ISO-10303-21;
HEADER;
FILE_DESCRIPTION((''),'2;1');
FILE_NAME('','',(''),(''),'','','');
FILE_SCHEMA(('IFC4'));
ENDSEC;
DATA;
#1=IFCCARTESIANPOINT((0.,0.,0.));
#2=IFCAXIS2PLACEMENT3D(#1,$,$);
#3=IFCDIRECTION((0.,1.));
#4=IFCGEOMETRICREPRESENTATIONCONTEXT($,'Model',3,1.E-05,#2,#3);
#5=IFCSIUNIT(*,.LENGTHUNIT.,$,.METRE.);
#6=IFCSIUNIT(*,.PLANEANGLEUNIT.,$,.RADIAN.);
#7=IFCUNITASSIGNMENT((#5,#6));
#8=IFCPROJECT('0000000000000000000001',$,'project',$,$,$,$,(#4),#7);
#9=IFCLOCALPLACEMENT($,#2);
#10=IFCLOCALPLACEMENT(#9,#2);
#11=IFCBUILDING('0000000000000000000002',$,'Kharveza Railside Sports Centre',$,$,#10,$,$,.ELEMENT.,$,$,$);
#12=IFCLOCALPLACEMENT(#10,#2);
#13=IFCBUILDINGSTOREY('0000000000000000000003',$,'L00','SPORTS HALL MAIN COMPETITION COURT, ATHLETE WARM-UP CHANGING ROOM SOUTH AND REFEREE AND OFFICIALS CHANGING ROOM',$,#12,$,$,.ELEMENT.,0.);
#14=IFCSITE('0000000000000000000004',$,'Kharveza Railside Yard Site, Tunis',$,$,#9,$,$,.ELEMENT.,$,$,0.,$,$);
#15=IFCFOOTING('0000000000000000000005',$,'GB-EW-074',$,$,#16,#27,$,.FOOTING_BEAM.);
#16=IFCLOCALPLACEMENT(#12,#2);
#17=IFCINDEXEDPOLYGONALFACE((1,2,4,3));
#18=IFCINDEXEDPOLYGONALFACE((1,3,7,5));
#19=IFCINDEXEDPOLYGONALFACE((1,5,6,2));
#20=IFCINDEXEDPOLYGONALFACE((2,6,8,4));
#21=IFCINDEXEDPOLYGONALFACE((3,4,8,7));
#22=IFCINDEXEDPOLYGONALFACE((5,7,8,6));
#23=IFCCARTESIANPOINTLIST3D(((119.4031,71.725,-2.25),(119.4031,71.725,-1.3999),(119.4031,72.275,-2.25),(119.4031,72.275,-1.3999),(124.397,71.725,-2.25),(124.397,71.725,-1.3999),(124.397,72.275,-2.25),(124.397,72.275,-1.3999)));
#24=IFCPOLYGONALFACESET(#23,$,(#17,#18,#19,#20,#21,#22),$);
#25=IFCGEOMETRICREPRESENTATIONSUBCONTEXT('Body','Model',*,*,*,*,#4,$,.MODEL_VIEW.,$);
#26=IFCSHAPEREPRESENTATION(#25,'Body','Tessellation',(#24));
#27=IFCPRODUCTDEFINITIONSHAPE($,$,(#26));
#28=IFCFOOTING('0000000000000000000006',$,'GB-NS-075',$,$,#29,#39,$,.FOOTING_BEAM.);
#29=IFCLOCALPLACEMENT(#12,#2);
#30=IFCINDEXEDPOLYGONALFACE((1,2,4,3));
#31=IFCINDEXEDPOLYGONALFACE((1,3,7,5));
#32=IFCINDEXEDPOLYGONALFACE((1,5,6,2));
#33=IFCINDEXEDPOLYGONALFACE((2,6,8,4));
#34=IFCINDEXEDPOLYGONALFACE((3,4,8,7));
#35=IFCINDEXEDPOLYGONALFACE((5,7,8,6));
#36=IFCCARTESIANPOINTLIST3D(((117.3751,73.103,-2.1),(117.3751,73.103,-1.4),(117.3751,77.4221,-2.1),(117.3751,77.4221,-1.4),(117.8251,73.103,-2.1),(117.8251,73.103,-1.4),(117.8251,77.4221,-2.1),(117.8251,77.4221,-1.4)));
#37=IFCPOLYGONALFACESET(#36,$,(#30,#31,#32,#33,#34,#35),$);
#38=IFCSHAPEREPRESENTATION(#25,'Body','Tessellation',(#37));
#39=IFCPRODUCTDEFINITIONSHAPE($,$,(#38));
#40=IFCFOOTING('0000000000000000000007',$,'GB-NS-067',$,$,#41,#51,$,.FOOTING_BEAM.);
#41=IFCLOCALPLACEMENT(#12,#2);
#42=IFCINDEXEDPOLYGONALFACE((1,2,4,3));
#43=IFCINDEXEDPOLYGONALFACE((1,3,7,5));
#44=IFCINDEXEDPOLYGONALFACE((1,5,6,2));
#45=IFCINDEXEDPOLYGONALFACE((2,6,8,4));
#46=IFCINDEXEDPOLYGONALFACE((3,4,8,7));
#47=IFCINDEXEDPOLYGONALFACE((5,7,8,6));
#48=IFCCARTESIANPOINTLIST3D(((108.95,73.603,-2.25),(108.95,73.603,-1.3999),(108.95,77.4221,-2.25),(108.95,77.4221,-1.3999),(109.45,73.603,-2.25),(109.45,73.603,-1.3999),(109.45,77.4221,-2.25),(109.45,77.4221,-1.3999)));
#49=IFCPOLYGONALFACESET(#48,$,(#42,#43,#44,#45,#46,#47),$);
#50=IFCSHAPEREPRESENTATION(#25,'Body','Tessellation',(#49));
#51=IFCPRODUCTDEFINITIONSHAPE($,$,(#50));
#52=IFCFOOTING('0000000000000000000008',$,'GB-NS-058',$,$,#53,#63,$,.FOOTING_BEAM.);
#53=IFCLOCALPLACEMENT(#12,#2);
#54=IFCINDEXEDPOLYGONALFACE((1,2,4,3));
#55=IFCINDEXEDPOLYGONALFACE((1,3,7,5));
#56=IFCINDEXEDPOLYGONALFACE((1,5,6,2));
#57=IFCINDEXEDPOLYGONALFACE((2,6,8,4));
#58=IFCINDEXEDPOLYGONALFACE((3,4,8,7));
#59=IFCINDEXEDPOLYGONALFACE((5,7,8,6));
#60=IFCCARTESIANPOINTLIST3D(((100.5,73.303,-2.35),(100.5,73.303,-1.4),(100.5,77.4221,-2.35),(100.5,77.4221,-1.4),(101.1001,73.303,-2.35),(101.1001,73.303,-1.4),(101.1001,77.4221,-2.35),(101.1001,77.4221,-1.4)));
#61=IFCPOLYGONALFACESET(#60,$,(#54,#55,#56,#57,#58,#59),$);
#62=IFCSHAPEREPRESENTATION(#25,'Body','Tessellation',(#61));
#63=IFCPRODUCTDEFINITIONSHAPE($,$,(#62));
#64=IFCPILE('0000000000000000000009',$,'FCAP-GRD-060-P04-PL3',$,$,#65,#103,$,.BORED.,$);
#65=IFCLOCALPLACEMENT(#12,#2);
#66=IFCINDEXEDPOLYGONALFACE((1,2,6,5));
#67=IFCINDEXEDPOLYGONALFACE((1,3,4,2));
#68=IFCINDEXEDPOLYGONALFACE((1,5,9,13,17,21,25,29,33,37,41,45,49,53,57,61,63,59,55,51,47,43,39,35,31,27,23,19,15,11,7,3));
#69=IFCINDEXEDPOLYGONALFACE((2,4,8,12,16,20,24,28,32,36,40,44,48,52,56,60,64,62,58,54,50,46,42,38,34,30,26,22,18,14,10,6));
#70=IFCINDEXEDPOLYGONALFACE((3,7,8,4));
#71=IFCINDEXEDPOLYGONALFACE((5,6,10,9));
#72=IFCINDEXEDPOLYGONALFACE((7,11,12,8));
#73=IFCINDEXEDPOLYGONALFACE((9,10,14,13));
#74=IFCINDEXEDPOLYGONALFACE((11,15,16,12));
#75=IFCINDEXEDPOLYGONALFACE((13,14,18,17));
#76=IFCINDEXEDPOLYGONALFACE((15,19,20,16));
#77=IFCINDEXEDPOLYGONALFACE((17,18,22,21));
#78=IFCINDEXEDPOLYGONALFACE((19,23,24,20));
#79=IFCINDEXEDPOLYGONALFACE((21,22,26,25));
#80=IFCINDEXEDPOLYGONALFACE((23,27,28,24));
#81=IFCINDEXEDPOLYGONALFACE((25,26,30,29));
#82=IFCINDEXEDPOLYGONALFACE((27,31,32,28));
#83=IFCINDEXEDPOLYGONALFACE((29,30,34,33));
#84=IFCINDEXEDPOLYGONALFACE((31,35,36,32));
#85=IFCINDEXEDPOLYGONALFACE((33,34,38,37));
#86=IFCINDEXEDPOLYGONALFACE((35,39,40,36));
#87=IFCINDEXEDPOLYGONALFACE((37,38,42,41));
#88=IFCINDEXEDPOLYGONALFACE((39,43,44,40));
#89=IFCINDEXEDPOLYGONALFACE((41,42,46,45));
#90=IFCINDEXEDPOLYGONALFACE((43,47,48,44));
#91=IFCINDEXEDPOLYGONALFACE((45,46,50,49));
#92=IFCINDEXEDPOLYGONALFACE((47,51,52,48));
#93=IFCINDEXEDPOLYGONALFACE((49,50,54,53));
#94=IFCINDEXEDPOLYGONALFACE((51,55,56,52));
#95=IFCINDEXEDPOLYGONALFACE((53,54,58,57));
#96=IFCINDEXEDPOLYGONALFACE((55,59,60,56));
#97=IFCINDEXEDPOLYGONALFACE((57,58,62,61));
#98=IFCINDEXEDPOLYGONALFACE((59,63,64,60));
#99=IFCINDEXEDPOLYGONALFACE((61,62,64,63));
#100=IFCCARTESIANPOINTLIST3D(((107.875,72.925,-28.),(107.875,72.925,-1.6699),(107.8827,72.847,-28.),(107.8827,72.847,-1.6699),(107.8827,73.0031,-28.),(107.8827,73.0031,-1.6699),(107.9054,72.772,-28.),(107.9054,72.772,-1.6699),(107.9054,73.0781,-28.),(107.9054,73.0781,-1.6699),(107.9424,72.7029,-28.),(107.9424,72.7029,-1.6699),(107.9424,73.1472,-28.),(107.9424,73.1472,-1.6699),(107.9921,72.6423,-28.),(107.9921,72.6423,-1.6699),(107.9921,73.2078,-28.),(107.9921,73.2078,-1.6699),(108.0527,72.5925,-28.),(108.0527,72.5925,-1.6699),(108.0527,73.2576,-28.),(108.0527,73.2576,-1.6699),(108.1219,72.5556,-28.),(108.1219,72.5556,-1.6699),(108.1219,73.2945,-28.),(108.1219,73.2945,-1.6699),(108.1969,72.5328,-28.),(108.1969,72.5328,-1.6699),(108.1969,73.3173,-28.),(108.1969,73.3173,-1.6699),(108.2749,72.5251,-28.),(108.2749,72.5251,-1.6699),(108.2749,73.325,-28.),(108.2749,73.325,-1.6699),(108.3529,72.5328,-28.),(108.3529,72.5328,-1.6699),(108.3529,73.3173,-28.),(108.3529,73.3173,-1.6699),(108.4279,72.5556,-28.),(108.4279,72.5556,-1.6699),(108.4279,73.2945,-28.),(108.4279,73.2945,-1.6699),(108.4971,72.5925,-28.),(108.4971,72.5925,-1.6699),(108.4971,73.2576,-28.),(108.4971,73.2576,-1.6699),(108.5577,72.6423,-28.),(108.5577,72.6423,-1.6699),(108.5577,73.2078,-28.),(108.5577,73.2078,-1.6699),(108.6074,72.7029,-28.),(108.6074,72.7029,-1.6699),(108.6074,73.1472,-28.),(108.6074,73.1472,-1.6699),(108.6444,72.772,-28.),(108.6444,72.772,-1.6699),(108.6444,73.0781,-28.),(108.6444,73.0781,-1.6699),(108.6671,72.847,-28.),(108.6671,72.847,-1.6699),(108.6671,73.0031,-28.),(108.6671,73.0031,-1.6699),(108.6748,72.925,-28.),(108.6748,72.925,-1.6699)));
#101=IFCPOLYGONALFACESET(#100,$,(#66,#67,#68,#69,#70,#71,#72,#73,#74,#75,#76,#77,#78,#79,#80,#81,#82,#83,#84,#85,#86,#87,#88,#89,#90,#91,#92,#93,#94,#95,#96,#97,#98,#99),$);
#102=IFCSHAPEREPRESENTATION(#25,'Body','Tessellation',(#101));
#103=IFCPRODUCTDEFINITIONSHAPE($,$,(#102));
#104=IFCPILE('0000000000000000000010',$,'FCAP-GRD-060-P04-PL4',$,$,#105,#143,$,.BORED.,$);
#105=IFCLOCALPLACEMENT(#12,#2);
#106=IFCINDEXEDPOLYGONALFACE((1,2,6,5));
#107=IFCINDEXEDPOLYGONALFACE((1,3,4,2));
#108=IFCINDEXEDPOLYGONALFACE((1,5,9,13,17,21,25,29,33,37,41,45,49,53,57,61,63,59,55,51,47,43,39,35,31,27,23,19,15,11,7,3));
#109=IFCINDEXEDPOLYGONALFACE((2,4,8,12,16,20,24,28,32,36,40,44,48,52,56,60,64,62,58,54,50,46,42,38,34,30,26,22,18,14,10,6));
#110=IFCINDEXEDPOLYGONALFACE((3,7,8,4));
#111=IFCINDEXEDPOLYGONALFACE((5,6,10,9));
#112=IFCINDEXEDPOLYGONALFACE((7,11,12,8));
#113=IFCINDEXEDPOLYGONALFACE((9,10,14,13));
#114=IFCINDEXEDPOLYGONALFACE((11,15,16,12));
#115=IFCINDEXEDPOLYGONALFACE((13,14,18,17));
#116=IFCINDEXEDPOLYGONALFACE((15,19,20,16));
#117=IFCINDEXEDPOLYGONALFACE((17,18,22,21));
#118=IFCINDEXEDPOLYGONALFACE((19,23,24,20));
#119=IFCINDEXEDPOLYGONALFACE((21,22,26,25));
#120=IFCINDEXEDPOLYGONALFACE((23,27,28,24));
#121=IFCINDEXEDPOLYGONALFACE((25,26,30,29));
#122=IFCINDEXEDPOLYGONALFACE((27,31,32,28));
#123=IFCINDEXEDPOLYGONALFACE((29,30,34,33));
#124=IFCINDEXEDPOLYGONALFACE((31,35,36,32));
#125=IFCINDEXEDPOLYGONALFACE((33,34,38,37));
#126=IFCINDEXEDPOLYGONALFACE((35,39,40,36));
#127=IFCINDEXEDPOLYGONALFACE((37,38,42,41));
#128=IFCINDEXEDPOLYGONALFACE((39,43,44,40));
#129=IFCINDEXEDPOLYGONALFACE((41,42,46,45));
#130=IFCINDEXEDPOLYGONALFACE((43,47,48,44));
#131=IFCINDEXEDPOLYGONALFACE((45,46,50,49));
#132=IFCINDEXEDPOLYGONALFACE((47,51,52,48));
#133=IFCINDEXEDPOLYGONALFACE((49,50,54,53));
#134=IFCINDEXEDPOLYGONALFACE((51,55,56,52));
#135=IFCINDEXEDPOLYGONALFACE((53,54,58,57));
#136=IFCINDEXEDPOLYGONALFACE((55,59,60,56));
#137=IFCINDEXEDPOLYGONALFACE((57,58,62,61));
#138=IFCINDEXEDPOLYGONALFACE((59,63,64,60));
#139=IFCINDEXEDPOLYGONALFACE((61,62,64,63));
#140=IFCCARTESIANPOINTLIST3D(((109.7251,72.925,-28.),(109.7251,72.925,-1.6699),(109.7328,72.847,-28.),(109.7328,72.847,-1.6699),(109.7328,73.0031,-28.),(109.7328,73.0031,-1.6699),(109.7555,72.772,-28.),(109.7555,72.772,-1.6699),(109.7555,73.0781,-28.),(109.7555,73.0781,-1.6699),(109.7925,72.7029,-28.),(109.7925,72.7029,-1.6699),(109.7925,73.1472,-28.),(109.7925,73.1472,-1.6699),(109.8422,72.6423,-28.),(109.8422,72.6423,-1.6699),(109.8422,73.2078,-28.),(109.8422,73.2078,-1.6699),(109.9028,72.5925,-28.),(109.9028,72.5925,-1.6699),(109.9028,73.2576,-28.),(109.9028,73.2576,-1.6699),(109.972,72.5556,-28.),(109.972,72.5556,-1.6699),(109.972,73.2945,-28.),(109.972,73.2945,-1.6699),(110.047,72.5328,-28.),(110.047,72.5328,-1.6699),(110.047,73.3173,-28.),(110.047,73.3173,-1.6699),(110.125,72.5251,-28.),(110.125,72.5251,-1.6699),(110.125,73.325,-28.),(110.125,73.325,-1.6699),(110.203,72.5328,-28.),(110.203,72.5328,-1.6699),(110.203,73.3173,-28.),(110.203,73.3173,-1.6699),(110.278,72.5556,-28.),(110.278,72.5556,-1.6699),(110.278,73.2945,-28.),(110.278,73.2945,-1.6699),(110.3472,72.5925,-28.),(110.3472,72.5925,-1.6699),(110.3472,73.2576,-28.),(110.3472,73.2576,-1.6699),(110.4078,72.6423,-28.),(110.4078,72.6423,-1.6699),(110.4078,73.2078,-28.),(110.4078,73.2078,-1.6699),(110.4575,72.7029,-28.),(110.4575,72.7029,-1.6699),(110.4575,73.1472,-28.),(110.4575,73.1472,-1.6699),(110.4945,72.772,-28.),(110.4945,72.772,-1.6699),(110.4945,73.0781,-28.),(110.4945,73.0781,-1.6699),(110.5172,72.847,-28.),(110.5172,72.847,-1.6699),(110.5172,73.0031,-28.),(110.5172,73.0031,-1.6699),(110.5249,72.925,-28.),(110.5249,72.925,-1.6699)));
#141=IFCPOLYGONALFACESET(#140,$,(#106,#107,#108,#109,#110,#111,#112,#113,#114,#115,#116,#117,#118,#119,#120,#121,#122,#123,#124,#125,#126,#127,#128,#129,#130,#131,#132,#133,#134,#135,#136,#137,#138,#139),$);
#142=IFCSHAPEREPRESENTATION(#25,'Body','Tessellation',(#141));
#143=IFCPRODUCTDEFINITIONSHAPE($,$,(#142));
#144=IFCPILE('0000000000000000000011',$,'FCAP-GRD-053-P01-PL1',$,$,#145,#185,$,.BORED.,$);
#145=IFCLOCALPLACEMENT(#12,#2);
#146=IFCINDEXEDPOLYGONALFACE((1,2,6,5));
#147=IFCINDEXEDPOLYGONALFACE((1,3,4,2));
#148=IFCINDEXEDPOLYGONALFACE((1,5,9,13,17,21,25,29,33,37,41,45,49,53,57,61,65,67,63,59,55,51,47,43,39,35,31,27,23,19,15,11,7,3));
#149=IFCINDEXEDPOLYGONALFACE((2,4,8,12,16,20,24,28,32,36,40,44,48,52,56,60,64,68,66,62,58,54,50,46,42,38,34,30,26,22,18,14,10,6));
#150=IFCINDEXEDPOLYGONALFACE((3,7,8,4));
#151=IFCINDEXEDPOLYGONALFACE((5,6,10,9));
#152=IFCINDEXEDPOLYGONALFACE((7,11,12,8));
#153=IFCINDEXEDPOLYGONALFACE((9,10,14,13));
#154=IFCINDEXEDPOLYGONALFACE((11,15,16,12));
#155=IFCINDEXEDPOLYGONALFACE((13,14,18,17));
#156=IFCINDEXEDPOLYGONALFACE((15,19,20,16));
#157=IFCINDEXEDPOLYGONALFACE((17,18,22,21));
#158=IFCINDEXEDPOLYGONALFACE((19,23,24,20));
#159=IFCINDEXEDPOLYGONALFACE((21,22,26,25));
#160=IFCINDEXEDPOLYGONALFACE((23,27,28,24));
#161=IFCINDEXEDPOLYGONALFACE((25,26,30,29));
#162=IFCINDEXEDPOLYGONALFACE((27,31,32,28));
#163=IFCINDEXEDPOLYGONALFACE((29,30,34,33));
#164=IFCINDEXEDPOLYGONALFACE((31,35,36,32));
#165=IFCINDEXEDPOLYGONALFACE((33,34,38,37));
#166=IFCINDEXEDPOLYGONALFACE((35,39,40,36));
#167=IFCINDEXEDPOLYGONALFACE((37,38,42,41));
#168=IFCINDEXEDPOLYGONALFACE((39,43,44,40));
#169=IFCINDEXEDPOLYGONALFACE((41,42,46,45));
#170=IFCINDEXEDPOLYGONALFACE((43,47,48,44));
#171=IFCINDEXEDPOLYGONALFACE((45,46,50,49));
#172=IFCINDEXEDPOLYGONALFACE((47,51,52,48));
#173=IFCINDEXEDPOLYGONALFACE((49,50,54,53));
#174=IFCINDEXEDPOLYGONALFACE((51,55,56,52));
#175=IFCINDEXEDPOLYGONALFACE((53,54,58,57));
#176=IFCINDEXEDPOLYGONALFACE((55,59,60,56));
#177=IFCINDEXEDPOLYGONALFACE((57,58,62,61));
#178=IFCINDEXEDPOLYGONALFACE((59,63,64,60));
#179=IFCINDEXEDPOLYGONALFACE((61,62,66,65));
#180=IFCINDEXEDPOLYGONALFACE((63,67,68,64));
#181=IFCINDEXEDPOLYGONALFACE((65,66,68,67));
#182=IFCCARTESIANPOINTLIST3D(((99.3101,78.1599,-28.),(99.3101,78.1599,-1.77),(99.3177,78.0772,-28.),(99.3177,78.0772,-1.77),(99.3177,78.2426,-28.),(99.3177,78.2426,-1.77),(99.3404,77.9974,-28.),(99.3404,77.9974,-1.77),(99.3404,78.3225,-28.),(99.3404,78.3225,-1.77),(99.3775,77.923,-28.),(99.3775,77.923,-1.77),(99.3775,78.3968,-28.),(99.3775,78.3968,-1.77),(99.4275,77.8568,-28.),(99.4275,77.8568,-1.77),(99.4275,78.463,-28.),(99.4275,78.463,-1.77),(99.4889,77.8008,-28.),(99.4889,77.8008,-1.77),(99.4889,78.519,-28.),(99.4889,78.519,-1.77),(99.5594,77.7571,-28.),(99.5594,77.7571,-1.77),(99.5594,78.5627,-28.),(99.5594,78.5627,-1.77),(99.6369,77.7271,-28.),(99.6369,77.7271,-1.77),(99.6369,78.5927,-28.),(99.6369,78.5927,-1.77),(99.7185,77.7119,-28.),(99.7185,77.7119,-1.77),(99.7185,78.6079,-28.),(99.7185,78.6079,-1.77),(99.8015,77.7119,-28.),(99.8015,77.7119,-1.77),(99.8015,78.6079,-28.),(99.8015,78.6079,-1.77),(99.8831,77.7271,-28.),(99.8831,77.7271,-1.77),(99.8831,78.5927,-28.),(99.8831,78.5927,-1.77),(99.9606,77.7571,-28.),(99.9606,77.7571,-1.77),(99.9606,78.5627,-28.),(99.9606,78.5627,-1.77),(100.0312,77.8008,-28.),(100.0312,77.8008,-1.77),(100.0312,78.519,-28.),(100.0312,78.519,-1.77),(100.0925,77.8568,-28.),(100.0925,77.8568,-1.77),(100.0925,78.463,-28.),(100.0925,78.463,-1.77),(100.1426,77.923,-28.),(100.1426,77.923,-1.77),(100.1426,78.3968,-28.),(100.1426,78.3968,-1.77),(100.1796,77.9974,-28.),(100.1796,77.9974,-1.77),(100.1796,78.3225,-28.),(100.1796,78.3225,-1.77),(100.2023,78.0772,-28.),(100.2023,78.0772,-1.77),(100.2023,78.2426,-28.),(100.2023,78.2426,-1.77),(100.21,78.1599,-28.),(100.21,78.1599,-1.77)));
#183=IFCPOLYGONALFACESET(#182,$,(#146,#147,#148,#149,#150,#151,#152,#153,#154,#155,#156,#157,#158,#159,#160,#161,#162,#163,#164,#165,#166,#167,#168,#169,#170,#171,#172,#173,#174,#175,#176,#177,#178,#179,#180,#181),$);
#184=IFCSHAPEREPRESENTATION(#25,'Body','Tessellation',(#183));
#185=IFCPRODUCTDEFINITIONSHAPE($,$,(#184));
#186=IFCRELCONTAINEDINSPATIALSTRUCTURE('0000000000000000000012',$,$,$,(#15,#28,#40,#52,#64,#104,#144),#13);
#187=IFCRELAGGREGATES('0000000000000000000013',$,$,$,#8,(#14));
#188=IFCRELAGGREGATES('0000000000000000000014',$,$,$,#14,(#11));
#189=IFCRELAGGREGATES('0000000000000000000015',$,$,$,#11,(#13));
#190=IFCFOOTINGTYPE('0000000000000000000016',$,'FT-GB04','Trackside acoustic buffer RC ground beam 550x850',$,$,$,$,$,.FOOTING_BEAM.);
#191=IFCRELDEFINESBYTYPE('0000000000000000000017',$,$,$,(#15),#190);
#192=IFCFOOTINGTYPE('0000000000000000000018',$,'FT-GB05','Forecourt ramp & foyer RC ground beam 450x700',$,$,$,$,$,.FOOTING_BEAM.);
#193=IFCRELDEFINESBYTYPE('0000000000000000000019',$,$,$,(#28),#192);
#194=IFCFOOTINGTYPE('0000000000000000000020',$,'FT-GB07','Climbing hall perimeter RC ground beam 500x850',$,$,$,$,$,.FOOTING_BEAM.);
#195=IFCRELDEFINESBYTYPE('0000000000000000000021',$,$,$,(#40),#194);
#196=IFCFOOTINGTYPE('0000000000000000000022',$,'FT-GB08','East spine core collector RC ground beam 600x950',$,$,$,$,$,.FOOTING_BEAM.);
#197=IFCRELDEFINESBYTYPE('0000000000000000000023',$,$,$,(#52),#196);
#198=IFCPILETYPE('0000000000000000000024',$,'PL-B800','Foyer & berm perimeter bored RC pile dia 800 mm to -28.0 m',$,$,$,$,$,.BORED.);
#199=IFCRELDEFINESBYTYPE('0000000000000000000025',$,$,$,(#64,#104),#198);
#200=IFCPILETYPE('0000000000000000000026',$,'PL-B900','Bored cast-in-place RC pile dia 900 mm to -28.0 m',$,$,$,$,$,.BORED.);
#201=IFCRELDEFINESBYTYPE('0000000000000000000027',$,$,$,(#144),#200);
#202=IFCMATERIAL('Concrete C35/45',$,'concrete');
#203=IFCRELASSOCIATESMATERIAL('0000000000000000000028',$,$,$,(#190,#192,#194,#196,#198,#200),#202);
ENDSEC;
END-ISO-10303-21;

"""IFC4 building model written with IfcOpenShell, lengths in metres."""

from ifc_helpers import new_model, si_unit, direction, frame, origin, origin_2d, place, context, subcontext, project, spatial, rectangle, circle, extrude, material, material_profile, profile_set, type_object, element, save


model = new_model("IFC4")

# Units and contexts
model_context = context("Model", 3, precision=1e-05, world=origin(), true_north=direction((0.0, 1.0)))
body_context = subcontext(model_context, "Body", "Model", "MODEL_VIEW")
ifc_project = project(units=[si_unit("LENGTHUNIT", "METRE"), si_unit("PLANEANGLEUNIT", "RADIAN")], contexts=[model_context])

# Site, building, storey
site_placement = place(None, origin())
site = spatial("IfcSite", under=ifc_project, at=site_placement, Name="Kharveza Railside Yard Site, Tunis", CompositionType="ELEMENT", RefElevation=0.0)
building_placement = place(site_placement, origin())
building = spatial("IfcBuilding", under=site, at=building_placement, Name="Kharveza Railside Sports Centre", CompositionType="ELEMENT")
storey_placement = place(building_placement, origin())
storey = spatial("IfcBuildingStorey", under=building, at=storey_placement, Name="L00", Description="SPORTS HALL MAIN COMPETITION COURT, ATHLETE WARM-UP CHANGING ROOM SOUTH AND REFEREE AND OFFICIALS CHANGING ROOM", CompositionType="ELEMENT", Elevation=0.0)

# Footings
ifc_material_1 = material(Name="Concrete C35/45", Category="concrete")
ifc_material_profile_1 = material_profile(ifc_material_1, rectangle(XDim=0.55, YDim=0.8501, at=origin_2d()), Name="GB 550x850")
ifc_profile_set_1 = profile_set([ifc_material_profile_1], Name="Concrete C35/45")
footing_type_1 = type_object("IfcFootingType", Name="FT-GB04", Description="Trackside acoustic buffer RC ground beam 550x850", PredefinedType="FOOTING_BEAM", material=ifc_profile_set_1)
footing_1_placement = place(storey_placement, frame((119.4031, 72.0, -1.825), z_axis=(1.0, 0.0, 0.0), x_axis=(0.0, 1.0, 0.0)))
element("IfcFooting", 1, at=footing_1_placement, inside=storey, type_object=footing_type_1, Name="GB-EW-074", PredefinedType="FOOTING_BEAM", context=body_context, shape_type="SweptSolid", body=[
    extrude(rectangle(XDim=0.55, YDim=0.8501, at=origin_2d()), origin(), (0.0, 0.0, 1.0), 4.9939),
])
ifc_material_profile_2 = material_profile(ifc_material_1, rectangle(XDim=0.45, YDim=0.7, at=origin_2d()), Name="GB 450x700")
ifc_profile_set_2 = profile_set([ifc_material_profile_2], Name="Concrete C35/45")
footing_type_2 = type_object("IfcFootingType", Name="FT-GB05", Description="Forecourt ramp & foyer RC ground beam 450x700", PredefinedType="FOOTING_BEAM", material=ifc_profile_set_2)
footing_2_placement = place(storey_placement, frame((117.6001, 73.103, -1.75), z_axis=(0.0, 1.0, 0.0), x_axis=(-1.0, 0.0, 0.0)))
element("IfcFooting", 2, at=footing_2_placement, inside=storey, type_object=footing_type_2, Name="GB-NS-075", PredefinedType="FOOTING_BEAM", context=body_context, shape_type="SweptSolid", body=[
    extrude(rectangle(XDim=0.45, YDim=0.7, at=origin_2d()), origin(), (0.0, 0.0, 1.0), 4.3191),
])
ifc_material_profile_3 = material_profile(ifc_material_1, rectangle(XDim=0.5, YDim=0.8501, at=origin_2d()), Name="GB 500x850")
ifc_profile_set_3 = profile_set([ifc_material_profile_3], Name="Concrete C35/45")
footing_type_3 = type_object("IfcFootingType", Name="FT-GB07", Description="Climbing hall perimeter RC ground beam 500x850", PredefinedType="FOOTING_BEAM", material=ifc_profile_set_3)
footing_3_placement = place(storey_placement, frame((109.2, 73.603, -1.825), z_axis=(0.0, 1.0, 0.0), x_axis=(-1.0, 0.0, 0.0)))
element("IfcFooting", 3, at=footing_3_placement, inside=storey, type_object=footing_type_3, Name="GB-NS-067", PredefinedType="FOOTING_BEAM", context=body_context, shape_type="SweptSolid", body=[
    extrude(rectangle(XDim=0.5, YDim=0.8501, at=origin_2d()), origin(), (0.0, 0.0, 1.0), 3.8191),
])
ifc_material_profile_4 = material_profile(ifc_material_1, rectangle(XDim=0.6001, YDim=0.95, at=origin_2d()), Name="GB 600x950")
ifc_profile_set_4 = profile_set([ifc_material_profile_4], Name="Concrete C35/45")
footing_type_4 = type_object("IfcFootingType", Name="FT-GB08", Description="East spine core collector RC ground beam 600x950", PredefinedType="FOOTING_BEAM", material=ifc_profile_set_4)
footing_4_placement = place(storey_placement, frame((100.8, 73.303, -1.875), z_axis=(0.0, 1.0, 0.0), x_axis=(-1.0, 0.0, 0.0)))
element("IfcFooting", 4, at=footing_4_placement, inside=storey, type_object=footing_type_4, Name="GB-NS-058", PredefinedType="FOOTING_BEAM", context=body_context, shape_type="SweptSolid", body=[
    extrude(rectangle(XDim=0.6001, YDim=0.95, at=origin_2d()), origin(), (0.0, 0.0, 1.0), 4.1191),
])

# Piles
ifc_material_profile_5 = material_profile(ifc_material_1, circle(Radius=0.3999, at=origin_2d()), Name="PILE D800")
ifc_profile_set_5 = profile_set([ifc_material_profile_5], Name="Concrete C35/45")
pile_type_1 = type_object("IfcPileType", Name="PL-B800", Description="Foyer & berm perimeter bored RC pile dia 800 mm to -28.0 m", PredefinedType="BORED", material=ifc_profile_set_5)
for number, where, z_axis, x_axis, name in (
    (5, (108.2749, 72.925, -1.6699), (0.0, 0.0, -1.0), (1.0, 0.0, 0.0), "FCAP-GRD-060-P04-PL3"),
    (6, (110.125, 72.925, -1.6699), (0.0, 0.0, -1.0), (1.0, 0.0, 0.0), "FCAP-GRD-060-P04-PL4"),
):
    element("IfcPile", number, at=place(storey_placement, frame(where, z_axis=z_axis, x_axis=x_axis)), inside=storey, type_object=pile_type_1, Name=name, PredefinedType="BORED", context=body_context, shape_type="SweptSolid", body=[
        extrude(circle(Radius=0.3999, at=origin_2d()), origin(), (0.0, 0.0, 1.0), 26.3301),
    ])
ifc_material_profile_6 = material_profile(ifc_material_1, circle(Radius=0.45, at=origin_2d()), Name="PILE D900")
ifc_profile_set_6 = profile_set([ifc_material_profile_6], Name="Concrete C35/45")
pile_type_2 = type_object("IfcPileType", Name="PL-B900", Description="Bored cast-in-place RC pile dia 900 mm to -28.0 m", PredefinedType="BORED", material=ifc_profile_set_6)
pile_1_placement = place(storey_placement, frame((99.76, 78.1599, -1.77), z_axis=(0.0, 0.0, -1.0), x_axis=(1.0, 0.0, 0.0)))
element("IfcPile", 7, at=pile_1_placement, inside=storey, type_object=pile_type_2, Name="FCAP-GRD-053-P01-PL1", PredefinedType="BORED", context=body_context, shape_type="SweptSolid", body=[
    extrude(circle(Radius=0.45, at=origin_2d()), origin(), (0.0, 0.0, 1.0), 26.23),
])

save(model, "model.ifc")
